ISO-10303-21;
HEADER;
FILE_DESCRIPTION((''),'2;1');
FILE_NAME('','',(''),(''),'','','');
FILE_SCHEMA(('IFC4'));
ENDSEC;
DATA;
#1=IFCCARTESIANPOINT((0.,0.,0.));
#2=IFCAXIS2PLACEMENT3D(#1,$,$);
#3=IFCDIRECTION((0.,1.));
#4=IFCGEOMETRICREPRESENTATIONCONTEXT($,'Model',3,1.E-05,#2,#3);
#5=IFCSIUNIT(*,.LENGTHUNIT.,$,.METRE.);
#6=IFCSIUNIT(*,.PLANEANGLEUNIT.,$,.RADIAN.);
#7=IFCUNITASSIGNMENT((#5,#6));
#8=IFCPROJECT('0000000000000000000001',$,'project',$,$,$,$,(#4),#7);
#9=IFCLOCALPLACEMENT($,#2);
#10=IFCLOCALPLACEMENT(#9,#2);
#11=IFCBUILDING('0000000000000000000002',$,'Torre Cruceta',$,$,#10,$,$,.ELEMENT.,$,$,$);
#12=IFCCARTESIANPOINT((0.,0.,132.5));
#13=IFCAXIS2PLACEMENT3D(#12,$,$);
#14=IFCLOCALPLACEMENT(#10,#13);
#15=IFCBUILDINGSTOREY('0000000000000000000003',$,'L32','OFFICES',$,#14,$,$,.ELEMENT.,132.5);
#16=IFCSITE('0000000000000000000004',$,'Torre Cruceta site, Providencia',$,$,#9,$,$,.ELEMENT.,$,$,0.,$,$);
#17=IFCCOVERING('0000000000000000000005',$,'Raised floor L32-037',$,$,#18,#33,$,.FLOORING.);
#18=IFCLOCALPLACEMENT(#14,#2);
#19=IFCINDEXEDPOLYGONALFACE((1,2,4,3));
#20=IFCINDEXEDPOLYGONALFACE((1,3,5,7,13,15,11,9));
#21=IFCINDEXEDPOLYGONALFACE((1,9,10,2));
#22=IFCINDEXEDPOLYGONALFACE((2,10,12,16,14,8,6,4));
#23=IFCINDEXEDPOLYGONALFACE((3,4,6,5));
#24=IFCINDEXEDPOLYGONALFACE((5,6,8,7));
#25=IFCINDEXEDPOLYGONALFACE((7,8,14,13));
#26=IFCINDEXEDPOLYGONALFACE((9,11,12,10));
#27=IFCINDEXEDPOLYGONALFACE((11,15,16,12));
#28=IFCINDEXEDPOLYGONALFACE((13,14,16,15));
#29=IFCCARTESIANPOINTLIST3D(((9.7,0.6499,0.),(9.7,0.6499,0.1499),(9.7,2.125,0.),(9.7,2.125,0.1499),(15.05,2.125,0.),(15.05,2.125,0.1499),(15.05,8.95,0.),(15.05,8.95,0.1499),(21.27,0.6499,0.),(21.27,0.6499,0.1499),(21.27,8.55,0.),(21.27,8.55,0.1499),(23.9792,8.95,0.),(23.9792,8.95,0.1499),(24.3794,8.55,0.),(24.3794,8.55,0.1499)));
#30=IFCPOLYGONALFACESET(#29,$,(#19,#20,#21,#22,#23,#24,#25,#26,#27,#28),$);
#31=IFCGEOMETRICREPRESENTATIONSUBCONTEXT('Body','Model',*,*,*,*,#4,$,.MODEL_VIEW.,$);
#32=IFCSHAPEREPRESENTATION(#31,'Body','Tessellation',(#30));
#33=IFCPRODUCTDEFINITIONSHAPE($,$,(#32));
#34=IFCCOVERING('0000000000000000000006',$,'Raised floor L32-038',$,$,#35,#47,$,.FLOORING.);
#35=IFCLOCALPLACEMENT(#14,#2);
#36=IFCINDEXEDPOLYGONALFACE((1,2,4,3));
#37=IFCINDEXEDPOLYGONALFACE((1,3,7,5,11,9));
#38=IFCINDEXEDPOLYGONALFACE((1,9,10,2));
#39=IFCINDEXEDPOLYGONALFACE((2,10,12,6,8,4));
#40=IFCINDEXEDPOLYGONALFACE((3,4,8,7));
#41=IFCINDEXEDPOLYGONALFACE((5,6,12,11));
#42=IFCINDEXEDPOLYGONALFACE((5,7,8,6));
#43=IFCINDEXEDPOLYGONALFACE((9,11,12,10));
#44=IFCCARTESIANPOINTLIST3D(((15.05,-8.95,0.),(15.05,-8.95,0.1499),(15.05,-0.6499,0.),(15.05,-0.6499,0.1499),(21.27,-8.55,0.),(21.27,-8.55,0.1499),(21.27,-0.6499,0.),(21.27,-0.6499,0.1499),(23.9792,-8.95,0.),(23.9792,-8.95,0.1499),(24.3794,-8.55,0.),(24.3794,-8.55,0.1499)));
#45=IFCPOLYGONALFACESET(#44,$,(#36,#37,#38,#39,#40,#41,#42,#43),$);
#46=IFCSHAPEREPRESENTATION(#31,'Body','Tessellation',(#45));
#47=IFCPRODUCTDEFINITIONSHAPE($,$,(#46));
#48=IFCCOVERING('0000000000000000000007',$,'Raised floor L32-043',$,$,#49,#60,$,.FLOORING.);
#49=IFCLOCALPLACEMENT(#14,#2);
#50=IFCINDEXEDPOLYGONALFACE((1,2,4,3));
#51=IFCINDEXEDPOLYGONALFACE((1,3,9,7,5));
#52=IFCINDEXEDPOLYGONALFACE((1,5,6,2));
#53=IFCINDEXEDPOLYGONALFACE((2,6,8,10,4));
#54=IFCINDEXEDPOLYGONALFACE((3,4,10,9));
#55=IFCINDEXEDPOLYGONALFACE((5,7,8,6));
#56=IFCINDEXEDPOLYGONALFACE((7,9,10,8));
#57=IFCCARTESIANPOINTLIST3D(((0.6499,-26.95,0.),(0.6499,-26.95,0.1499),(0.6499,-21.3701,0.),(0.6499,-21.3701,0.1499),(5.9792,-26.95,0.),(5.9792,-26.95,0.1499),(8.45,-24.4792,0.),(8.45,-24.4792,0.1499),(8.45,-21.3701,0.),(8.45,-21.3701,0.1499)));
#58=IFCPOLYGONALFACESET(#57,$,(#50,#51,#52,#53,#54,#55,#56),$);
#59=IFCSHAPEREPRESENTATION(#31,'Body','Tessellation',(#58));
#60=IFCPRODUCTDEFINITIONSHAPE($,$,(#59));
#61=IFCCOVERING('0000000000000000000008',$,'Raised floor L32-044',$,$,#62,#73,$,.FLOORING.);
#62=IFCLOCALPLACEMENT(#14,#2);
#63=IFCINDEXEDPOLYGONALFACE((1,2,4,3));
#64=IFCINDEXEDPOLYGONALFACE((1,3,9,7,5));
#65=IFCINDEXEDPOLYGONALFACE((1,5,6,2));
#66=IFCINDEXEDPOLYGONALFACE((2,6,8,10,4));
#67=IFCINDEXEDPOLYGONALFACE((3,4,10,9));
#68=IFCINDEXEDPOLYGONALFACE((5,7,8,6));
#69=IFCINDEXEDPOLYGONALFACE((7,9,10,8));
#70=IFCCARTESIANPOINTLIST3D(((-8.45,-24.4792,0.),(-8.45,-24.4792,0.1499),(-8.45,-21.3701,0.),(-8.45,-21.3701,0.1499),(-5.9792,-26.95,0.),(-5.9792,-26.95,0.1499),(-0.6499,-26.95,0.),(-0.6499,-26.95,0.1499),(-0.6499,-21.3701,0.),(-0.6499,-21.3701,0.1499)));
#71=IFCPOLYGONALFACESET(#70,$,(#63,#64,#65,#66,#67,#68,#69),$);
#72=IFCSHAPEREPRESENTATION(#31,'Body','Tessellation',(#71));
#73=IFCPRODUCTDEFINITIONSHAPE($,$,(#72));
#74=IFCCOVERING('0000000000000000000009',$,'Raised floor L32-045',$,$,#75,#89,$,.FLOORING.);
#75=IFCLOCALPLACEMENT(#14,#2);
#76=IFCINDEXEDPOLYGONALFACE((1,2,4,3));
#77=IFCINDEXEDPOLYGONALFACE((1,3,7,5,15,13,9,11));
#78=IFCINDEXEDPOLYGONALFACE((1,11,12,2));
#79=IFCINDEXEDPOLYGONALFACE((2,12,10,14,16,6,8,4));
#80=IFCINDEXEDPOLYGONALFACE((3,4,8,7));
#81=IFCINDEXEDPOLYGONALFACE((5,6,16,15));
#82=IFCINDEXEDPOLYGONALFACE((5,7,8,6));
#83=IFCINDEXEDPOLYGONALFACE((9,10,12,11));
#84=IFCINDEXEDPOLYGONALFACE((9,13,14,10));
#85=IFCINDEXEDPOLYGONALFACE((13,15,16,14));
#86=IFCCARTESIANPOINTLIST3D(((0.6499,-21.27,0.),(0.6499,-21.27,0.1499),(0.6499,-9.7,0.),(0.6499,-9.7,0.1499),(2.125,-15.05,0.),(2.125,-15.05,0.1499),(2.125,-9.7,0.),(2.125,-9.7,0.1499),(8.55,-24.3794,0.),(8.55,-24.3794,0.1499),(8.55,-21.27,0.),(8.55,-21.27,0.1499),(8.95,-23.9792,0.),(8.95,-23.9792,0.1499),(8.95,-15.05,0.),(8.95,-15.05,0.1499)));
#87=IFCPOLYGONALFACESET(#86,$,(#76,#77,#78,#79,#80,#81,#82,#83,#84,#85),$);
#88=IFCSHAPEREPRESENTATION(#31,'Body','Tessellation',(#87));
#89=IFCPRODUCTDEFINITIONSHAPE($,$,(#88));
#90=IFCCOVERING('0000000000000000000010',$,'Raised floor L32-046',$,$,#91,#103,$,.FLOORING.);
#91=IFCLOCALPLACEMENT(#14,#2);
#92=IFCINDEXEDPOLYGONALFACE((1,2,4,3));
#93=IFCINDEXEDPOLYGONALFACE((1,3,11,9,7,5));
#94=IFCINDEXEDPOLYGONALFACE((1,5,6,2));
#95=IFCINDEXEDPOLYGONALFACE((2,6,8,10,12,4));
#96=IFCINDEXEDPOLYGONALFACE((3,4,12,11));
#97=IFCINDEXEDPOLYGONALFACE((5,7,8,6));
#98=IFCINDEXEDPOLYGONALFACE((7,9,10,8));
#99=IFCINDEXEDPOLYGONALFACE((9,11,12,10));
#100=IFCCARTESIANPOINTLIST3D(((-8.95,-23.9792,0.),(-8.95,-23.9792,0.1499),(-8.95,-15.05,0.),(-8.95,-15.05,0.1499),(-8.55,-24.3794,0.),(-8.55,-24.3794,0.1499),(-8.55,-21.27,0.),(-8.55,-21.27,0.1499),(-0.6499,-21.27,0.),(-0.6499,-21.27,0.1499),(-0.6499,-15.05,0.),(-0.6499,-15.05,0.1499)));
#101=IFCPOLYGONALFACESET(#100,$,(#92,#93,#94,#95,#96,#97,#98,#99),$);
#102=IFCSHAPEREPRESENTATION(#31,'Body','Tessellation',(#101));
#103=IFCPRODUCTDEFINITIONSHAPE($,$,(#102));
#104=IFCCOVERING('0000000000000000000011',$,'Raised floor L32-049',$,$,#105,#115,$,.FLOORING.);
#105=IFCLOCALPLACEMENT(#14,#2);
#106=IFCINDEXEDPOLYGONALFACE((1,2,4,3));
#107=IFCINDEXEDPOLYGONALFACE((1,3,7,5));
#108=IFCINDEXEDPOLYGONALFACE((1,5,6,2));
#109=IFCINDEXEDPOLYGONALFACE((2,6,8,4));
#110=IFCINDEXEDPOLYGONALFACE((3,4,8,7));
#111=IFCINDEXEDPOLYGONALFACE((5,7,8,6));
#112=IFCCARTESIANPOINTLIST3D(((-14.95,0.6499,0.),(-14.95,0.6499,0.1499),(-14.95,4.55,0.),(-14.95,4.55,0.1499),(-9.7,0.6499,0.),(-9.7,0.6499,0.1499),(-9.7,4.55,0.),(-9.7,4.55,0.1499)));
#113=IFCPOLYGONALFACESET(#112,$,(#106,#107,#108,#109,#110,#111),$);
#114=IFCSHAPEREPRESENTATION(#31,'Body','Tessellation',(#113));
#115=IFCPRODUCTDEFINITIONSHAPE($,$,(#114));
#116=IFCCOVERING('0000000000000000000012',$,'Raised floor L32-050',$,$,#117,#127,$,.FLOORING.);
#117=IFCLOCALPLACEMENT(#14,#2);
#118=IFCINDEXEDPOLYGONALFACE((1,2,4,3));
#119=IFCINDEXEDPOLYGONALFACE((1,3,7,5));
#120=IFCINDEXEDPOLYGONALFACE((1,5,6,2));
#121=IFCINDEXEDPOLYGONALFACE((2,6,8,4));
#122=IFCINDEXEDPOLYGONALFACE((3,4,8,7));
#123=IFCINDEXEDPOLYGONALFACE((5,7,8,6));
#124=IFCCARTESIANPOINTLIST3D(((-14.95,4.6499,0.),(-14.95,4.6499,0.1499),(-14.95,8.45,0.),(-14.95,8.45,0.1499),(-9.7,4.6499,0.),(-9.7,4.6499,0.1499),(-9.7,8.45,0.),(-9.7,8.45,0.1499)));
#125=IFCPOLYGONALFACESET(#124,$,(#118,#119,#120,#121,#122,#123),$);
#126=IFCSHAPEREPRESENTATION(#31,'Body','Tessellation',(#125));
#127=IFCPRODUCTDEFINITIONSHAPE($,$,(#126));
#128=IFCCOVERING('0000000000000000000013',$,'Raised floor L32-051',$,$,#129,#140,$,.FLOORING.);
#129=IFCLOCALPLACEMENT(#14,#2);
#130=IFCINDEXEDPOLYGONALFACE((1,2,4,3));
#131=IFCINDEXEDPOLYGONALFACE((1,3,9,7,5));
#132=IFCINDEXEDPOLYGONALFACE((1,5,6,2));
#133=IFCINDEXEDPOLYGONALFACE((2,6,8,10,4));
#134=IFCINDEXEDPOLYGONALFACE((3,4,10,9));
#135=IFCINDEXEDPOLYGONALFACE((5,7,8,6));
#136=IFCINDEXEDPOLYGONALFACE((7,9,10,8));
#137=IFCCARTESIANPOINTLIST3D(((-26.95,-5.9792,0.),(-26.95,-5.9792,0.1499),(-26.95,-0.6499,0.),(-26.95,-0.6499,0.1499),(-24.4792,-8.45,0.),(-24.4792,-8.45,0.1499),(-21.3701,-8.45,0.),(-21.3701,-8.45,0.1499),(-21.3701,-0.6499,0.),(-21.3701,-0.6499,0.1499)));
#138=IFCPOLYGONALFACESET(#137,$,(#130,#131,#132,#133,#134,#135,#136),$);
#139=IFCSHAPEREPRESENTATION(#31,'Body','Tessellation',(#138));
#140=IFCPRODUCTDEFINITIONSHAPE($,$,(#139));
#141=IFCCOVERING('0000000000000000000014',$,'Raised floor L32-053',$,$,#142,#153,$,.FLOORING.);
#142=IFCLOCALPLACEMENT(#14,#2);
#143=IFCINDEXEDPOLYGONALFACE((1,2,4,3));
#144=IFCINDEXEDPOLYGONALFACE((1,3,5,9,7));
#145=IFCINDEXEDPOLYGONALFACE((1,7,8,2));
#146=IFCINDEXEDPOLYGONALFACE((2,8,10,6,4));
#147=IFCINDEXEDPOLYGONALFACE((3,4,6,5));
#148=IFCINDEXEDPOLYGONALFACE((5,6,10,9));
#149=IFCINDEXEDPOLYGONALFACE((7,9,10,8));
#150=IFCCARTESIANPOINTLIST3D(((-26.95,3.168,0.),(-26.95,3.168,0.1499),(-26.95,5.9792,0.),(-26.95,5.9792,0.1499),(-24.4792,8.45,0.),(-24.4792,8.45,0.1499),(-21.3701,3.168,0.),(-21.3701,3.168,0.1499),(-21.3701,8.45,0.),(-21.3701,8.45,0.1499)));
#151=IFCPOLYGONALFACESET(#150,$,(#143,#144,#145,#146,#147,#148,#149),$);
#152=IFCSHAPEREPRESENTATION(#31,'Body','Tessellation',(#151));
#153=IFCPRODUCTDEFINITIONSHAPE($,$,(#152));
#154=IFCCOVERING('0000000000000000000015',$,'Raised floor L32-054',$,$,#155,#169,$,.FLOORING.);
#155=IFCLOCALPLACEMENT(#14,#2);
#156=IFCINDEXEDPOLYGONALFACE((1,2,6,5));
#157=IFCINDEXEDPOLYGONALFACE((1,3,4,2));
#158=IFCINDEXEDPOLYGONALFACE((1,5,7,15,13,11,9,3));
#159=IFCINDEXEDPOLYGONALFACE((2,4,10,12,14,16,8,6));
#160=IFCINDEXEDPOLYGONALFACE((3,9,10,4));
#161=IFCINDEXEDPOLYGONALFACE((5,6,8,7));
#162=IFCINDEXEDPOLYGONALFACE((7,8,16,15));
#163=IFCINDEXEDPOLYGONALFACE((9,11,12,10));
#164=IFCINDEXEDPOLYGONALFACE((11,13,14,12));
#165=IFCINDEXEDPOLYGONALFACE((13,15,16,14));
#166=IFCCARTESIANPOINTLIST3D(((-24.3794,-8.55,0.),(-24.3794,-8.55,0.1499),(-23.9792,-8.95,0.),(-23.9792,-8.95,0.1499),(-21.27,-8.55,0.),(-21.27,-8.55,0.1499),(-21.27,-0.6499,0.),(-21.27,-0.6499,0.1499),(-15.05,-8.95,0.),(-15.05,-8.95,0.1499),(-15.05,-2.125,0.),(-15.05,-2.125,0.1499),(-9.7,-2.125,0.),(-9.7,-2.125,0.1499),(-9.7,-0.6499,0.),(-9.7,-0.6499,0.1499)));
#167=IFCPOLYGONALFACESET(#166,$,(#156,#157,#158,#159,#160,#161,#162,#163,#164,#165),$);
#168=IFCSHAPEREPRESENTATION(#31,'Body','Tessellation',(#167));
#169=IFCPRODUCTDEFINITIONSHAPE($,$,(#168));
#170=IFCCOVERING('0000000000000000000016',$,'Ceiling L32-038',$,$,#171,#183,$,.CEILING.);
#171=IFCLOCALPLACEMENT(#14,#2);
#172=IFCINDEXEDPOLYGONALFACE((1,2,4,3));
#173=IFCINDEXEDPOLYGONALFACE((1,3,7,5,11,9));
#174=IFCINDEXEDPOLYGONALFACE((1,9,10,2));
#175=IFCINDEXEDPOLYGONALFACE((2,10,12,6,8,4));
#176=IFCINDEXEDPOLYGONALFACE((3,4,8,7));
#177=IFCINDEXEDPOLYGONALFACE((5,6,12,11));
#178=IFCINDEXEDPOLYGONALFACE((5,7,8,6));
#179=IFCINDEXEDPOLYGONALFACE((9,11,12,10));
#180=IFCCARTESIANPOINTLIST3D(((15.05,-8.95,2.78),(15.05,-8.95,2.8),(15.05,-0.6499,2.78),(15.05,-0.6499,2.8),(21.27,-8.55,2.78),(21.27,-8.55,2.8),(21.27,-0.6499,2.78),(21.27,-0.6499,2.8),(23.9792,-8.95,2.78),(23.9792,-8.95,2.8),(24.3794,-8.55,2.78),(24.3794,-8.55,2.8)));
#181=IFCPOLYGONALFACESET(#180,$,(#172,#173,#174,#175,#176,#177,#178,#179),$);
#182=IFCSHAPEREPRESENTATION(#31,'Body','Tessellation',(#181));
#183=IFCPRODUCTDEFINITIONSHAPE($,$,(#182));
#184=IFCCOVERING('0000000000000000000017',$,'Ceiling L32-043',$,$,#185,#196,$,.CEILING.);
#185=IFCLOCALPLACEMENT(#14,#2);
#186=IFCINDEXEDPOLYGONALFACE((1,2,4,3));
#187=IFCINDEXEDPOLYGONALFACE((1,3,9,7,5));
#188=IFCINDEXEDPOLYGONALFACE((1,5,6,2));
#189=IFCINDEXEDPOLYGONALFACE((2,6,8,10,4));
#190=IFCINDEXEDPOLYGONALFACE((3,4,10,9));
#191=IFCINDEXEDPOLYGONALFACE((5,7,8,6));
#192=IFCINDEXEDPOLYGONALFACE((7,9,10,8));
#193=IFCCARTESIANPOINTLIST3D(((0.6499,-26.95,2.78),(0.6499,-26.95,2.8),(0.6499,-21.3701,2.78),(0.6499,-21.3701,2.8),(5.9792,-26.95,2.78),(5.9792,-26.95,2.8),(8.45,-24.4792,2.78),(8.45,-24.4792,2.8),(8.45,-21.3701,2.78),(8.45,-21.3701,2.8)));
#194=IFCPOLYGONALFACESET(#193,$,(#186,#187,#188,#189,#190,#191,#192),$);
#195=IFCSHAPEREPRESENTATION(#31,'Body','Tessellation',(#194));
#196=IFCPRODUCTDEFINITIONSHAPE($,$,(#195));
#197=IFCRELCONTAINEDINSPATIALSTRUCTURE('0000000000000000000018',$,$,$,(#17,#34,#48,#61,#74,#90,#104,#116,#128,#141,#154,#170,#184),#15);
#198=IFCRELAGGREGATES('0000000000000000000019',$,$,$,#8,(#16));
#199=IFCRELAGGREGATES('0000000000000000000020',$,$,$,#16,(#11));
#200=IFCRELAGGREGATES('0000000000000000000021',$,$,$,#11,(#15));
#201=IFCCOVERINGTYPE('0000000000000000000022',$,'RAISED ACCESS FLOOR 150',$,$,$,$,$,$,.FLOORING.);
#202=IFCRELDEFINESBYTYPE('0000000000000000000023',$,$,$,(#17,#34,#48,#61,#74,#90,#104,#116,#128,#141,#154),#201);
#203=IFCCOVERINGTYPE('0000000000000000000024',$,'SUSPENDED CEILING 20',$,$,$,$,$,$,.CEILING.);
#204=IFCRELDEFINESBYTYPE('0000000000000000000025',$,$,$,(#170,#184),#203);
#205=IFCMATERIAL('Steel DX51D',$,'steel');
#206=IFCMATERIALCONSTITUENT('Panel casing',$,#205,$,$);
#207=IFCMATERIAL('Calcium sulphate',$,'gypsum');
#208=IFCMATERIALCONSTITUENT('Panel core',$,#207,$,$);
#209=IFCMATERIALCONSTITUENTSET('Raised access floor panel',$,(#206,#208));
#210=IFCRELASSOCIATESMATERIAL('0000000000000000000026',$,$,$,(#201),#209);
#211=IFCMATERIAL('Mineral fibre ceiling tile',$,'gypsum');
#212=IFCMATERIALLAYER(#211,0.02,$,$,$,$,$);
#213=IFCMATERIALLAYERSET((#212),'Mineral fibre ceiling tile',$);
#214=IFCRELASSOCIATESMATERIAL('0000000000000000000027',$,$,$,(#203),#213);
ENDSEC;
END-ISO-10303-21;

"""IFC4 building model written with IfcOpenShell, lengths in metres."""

from ifc_helpers import new_model, si_unit, direction, frame, origin, place, context, subcontext, project, spatial, polyline, outline, extrude, material, layer, layer_set, constituent, constituent_set, type_object, element, save


model = new_model("IFC4")

# Units and contexts
model_context = context("Model", 3, precision=1e-05, world=origin(), true_north=direction((0.0, 1.0)))
body_context = subcontext(model_context, "Body", "Model", "MODEL_VIEW")
ifc_project = project(units=[si_unit("LENGTHUNIT", "METRE"), si_unit("PLANEANGLEUNIT", "RADIAN")], contexts=[model_context])

# Site, building, storey
site_placement = place(None, origin())
site = spatial("IfcSite", under=ifc_project, at=site_placement, Name="Torre Cruceta site, Providencia", CompositionType="ELEMENT", RefElevation=0.0)
building_placement = place(site_placement, origin())
building = spatial("IfcBuilding", under=site, at=building_placement, Name="Torre Cruceta", CompositionType="ELEMENT")
storey_placement = place(building_placement, frame((0.0, 0.0, 132.5)))
storey = spatial("IfcBuildingStorey", under=building, at=storey_placement, Name="L32", Description="OFFICES", CompositionType="ELEMENT", Elevation=132.5)

# Coverings
ifc_material_1 = material(Name="Steel DX51D", Category="steel")
ifc_constituent_1 = constituent(ifc_material_1, Name="Panel casing")
ifc_material_2 = material(Name="Calcium sulphate", Category="gypsum")
ifc_constituent_2 = constituent(ifc_material_2, Name="Panel core")
ifc_constituent_set = constituent_set(constituents=[ifc_constituent_1, ifc_constituent_2], Name="Raised access floor panel")
covering_type_1 = type_object("IfcCoveringType", Name="RAISED ACCESS FLOOR 150", PredefinedType="FLOORING", material=ifc_constituent_set)
covering_1_placement = place(storey_placement, origin())
element("IfcCovering", 1, at=covering_1_placement, inside=storey, type_object=covering_type_1, Name="Raised floor L32-037", PredefinedType="FLOORING", context=body_context, shape_type="SweptSolid", body=[
    extrude(outline(polyline([(9.7, 2.125), (15.05, 2.125), (15.05, 8.95), (23.9792, 8.95), (24.3794, 8.55), (21.27, 8.55), (21.27, 0.6499), (9.7, 0.6499), (9.7, 2.125)])), origin(), (0.0, 0.0, 1.0), 0.1499),
])
covering_2_placement = place(storey_placement, origin())
element("IfcCovering", 2, at=covering_2_placement, inside=storey, type_object=covering_type_1, Name="Raised floor L32-038", PredefinedType="FLOORING", context=body_context, shape_type="SweptSolid", body=[
    extrude(outline(polyline([(15.05, -8.95), (15.05, -0.6499), (21.27, -0.6499), (21.27, -8.55), (24.3794, -8.55), (23.9792, -8.95), (15.05, -8.95)])), origin(), (0.0, 0.0, 1.0), 0.1499),
])
covering_3_placement = place(storey_placement, origin())
element("IfcCovering", 3, at=covering_3_placement, inside=storey, type_object=covering_type_1, Name="Raised floor L32-043", PredefinedType="FLOORING", context=body_context, shape_type="SweptSolid", body=[
    extrude(outline(polyline([(0.6499, -26.95), (0.6499, -21.3701), (8.45, -21.3701), (8.45, -24.4792), (5.9792, -26.95), (0.6499, -26.95)])), origin(), (0.0, 0.0, 1.0), 0.1499),
])
covering_4_placement = place(storey_placement, origin())
element("IfcCovering", 4, at=covering_4_placement, inside=storey, type_object=covering_type_1, Name="Raised floor L32-044", PredefinedType="FLOORING", context=body_context, shape_type="SweptSolid", body=[
    extrude(outline(polyline([(-8.45, -24.4792), (-8.45, -21.3701), (-0.6499, -21.3701), (-0.6499, -26.95), (-5.9792, -26.95), (-8.45, -24.4792)])), origin(), (0.0, 0.0, 1.0), 0.1499),
])
covering_5_placement = place(storey_placement, origin())
element("IfcCovering", 5, at=covering_5_placement, inside=storey, type_object=covering_type_1, Name="Raised floor L32-045", PredefinedType="FLOORING", context=body_context, shape_type="SweptSolid", body=[
    extrude(outline(polyline([(2.125, -9.7), (2.125, -15.05), (8.95, -15.05), (8.95, -23.9792), (8.55, -24.3794), (8.55, -21.27), (0.6499, -21.27), (0.6499, -9.7), (2.125, -9.7)])), origin(), (0.0, 0.0, 1.0), 0.1499),
])
covering_6_placement = place(storey_placement, origin())
element("IfcCovering", 6, at=covering_6_placement, inside=storey, type_object=covering_type_1, Name="Raised floor L32-046", PredefinedType="FLOORING", context=body_context, shape_type="SweptSolid", body=[
    extrude(outline(polyline([(-8.95, -15.05), (-0.6499, -15.05), (-0.6499, -21.27), (-8.55, -21.27), (-8.55, -24.3794), (-8.95, -23.9792), (-8.95, -15.05)])), origin(), (0.0, 0.0, 1.0), 0.1499),
])
covering_7_placement = place(storey_placement, origin())
element("IfcCovering", 7, at=covering_7_placement, inside=storey, type_object=covering_type_1, Name="Raised floor L32-049", PredefinedType="FLOORING", context=body_context, shape_type="SweptSolid", body=[
    extrude(outline(polyline([(-9.7, 4.55), (-9.7, 0.6499), (-14.95, 0.6499), (-14.95, 4.55), (-9.7, 4.55)])), origin(), (0.0, 0.0, 1.0), 0.1499),
])
covering_8_placement = place(storey_placement, origin())
element("IfcCovering", 8, at=covering_8_placement, inside=storey, type_object=covering_type_1, Name="Raised floor L32-050", PredefinedType="FLOORING", context=body_context, shape_type="SweptSolid", body=[
    extrude(outline(polyline([(-9.7, 8.45), (-9.7, 4.6499), (-14.95, 4.6499), (-14.95, 8.45), (-9.7, 8.45)])), origin(), (0.0, 0.0, 1.0), 0.1499),
])
covering_9_placement = place(storey_placement, origin())
element("IfcCovering", 9, at=covering_9_placement, inside=storey, type_object=covering_type_1, Name="Raised floor L32-051", PredefinedType="FLOORING", context=body_context, shape_type="SweptSolid", body=[
    extrude(outline(polyline([(-26.95, -0.6499), (-21.3701, -0.6499), (-21.3701, -8.45), (-24.4792, -8.45), (-26.95, -5.9792), (-26.95, -0.6499)])), origin(), (0.0, 0.0, 1.0), 0.1499),
])
covering_10_placement = place(storey_placement, origin())
element("IfcCovering", 10, at=covering_10_placement, inside=storey, type_object=covering_type_1, Name="Raised floor L32-053", PredefinedType="FLOORING", context=body_context, shape_type="SweptSolid", body=[
    extrude(outline(polyline([(-24.4792, 8.45), (-21.3701, 8.45), (-21.3701, 3.168), (-26.95, 3.168), (-26.95, 5.9792), (-24.4792, 8.45)])), origin(), (0.0, 0.0, 1.0), 0.1499),
])
covering_11_placement = place(storey_placement, origin())
element("IfcCovering", 11, at=covering_11_placement, inside=storey, type_object=covering_type_1, Name="Raised floor L32-054", PredefinedType="FLOORING", context=body_context, shape_type="SweptSolid", body=[
    extrude(outline(polyline([(-9.7, -2.125), (-15.05, -2.125), (-15.05, -8.95), (-23.9792, -8.95), (-24.3794, -8.55), (-21.27, -8.55), (-21.27, -0.6499), (-9.7, -0.6499), (-9.7, -2.125)])), origin(), (0.0, 0.0, 1.0), 0.1499),
])
ifc_material_3 = material(Name="Mineral fibre ceiling tile", Category="gypsum")
ifc_layer = layer(ifc_material_3, 0.02)
ifc_layer_set = layer_set([ifc_layer], Name="Mineral fibre ceiling tile")
covering_type_2 = type_object("IfcCoveringType", Name="SUSPENDED CEILING 20", PredefinedType="CEILING", material=ifc_layer_set)
covering_12_placement = place(storey_placement, frame((0.0, 0.0, 2.78)))
element("IfcCovering", 12, at=covering_12_placement, inside=storey, type_object=covering_type_2, Name="Ceiling L32-038", PredefinedType="CEILING", context=body_context, shape_type="SweptSolid", body=[
    extrude(outline(polyline([(15.05, -8.95), (15.05, -0.6499), (21.27, -0.6499), (21.27, -8.55), (24.3794, -8.55), (23.9792, -8.95), (15.05, -8.95)])), origin(), (0.0, 0.0, 1.0), 0.02),
])
covering_13_placement = place(storey_placement, frame((0.0, 0.0, 2.78)))
element("IfcCovering", 13, at=covering_13_placement, inside=storey, type_object=covering_type_2, Name="Ceiling L32-043", PredefinedType="CEILING", context=body_context, shape_type="SweptSolid", body=[
    extrude(outline(polyline([(0.6499, -26.95), (0.6499, -21.3701), (8.45, -21.3701), (8.45, -24.4792), (5.9792, -26.95), (0.6499, -26.95)])), origin(), (0.0, 0.0, 1.0), 0.02),
])

save(model, "model.ifc")
